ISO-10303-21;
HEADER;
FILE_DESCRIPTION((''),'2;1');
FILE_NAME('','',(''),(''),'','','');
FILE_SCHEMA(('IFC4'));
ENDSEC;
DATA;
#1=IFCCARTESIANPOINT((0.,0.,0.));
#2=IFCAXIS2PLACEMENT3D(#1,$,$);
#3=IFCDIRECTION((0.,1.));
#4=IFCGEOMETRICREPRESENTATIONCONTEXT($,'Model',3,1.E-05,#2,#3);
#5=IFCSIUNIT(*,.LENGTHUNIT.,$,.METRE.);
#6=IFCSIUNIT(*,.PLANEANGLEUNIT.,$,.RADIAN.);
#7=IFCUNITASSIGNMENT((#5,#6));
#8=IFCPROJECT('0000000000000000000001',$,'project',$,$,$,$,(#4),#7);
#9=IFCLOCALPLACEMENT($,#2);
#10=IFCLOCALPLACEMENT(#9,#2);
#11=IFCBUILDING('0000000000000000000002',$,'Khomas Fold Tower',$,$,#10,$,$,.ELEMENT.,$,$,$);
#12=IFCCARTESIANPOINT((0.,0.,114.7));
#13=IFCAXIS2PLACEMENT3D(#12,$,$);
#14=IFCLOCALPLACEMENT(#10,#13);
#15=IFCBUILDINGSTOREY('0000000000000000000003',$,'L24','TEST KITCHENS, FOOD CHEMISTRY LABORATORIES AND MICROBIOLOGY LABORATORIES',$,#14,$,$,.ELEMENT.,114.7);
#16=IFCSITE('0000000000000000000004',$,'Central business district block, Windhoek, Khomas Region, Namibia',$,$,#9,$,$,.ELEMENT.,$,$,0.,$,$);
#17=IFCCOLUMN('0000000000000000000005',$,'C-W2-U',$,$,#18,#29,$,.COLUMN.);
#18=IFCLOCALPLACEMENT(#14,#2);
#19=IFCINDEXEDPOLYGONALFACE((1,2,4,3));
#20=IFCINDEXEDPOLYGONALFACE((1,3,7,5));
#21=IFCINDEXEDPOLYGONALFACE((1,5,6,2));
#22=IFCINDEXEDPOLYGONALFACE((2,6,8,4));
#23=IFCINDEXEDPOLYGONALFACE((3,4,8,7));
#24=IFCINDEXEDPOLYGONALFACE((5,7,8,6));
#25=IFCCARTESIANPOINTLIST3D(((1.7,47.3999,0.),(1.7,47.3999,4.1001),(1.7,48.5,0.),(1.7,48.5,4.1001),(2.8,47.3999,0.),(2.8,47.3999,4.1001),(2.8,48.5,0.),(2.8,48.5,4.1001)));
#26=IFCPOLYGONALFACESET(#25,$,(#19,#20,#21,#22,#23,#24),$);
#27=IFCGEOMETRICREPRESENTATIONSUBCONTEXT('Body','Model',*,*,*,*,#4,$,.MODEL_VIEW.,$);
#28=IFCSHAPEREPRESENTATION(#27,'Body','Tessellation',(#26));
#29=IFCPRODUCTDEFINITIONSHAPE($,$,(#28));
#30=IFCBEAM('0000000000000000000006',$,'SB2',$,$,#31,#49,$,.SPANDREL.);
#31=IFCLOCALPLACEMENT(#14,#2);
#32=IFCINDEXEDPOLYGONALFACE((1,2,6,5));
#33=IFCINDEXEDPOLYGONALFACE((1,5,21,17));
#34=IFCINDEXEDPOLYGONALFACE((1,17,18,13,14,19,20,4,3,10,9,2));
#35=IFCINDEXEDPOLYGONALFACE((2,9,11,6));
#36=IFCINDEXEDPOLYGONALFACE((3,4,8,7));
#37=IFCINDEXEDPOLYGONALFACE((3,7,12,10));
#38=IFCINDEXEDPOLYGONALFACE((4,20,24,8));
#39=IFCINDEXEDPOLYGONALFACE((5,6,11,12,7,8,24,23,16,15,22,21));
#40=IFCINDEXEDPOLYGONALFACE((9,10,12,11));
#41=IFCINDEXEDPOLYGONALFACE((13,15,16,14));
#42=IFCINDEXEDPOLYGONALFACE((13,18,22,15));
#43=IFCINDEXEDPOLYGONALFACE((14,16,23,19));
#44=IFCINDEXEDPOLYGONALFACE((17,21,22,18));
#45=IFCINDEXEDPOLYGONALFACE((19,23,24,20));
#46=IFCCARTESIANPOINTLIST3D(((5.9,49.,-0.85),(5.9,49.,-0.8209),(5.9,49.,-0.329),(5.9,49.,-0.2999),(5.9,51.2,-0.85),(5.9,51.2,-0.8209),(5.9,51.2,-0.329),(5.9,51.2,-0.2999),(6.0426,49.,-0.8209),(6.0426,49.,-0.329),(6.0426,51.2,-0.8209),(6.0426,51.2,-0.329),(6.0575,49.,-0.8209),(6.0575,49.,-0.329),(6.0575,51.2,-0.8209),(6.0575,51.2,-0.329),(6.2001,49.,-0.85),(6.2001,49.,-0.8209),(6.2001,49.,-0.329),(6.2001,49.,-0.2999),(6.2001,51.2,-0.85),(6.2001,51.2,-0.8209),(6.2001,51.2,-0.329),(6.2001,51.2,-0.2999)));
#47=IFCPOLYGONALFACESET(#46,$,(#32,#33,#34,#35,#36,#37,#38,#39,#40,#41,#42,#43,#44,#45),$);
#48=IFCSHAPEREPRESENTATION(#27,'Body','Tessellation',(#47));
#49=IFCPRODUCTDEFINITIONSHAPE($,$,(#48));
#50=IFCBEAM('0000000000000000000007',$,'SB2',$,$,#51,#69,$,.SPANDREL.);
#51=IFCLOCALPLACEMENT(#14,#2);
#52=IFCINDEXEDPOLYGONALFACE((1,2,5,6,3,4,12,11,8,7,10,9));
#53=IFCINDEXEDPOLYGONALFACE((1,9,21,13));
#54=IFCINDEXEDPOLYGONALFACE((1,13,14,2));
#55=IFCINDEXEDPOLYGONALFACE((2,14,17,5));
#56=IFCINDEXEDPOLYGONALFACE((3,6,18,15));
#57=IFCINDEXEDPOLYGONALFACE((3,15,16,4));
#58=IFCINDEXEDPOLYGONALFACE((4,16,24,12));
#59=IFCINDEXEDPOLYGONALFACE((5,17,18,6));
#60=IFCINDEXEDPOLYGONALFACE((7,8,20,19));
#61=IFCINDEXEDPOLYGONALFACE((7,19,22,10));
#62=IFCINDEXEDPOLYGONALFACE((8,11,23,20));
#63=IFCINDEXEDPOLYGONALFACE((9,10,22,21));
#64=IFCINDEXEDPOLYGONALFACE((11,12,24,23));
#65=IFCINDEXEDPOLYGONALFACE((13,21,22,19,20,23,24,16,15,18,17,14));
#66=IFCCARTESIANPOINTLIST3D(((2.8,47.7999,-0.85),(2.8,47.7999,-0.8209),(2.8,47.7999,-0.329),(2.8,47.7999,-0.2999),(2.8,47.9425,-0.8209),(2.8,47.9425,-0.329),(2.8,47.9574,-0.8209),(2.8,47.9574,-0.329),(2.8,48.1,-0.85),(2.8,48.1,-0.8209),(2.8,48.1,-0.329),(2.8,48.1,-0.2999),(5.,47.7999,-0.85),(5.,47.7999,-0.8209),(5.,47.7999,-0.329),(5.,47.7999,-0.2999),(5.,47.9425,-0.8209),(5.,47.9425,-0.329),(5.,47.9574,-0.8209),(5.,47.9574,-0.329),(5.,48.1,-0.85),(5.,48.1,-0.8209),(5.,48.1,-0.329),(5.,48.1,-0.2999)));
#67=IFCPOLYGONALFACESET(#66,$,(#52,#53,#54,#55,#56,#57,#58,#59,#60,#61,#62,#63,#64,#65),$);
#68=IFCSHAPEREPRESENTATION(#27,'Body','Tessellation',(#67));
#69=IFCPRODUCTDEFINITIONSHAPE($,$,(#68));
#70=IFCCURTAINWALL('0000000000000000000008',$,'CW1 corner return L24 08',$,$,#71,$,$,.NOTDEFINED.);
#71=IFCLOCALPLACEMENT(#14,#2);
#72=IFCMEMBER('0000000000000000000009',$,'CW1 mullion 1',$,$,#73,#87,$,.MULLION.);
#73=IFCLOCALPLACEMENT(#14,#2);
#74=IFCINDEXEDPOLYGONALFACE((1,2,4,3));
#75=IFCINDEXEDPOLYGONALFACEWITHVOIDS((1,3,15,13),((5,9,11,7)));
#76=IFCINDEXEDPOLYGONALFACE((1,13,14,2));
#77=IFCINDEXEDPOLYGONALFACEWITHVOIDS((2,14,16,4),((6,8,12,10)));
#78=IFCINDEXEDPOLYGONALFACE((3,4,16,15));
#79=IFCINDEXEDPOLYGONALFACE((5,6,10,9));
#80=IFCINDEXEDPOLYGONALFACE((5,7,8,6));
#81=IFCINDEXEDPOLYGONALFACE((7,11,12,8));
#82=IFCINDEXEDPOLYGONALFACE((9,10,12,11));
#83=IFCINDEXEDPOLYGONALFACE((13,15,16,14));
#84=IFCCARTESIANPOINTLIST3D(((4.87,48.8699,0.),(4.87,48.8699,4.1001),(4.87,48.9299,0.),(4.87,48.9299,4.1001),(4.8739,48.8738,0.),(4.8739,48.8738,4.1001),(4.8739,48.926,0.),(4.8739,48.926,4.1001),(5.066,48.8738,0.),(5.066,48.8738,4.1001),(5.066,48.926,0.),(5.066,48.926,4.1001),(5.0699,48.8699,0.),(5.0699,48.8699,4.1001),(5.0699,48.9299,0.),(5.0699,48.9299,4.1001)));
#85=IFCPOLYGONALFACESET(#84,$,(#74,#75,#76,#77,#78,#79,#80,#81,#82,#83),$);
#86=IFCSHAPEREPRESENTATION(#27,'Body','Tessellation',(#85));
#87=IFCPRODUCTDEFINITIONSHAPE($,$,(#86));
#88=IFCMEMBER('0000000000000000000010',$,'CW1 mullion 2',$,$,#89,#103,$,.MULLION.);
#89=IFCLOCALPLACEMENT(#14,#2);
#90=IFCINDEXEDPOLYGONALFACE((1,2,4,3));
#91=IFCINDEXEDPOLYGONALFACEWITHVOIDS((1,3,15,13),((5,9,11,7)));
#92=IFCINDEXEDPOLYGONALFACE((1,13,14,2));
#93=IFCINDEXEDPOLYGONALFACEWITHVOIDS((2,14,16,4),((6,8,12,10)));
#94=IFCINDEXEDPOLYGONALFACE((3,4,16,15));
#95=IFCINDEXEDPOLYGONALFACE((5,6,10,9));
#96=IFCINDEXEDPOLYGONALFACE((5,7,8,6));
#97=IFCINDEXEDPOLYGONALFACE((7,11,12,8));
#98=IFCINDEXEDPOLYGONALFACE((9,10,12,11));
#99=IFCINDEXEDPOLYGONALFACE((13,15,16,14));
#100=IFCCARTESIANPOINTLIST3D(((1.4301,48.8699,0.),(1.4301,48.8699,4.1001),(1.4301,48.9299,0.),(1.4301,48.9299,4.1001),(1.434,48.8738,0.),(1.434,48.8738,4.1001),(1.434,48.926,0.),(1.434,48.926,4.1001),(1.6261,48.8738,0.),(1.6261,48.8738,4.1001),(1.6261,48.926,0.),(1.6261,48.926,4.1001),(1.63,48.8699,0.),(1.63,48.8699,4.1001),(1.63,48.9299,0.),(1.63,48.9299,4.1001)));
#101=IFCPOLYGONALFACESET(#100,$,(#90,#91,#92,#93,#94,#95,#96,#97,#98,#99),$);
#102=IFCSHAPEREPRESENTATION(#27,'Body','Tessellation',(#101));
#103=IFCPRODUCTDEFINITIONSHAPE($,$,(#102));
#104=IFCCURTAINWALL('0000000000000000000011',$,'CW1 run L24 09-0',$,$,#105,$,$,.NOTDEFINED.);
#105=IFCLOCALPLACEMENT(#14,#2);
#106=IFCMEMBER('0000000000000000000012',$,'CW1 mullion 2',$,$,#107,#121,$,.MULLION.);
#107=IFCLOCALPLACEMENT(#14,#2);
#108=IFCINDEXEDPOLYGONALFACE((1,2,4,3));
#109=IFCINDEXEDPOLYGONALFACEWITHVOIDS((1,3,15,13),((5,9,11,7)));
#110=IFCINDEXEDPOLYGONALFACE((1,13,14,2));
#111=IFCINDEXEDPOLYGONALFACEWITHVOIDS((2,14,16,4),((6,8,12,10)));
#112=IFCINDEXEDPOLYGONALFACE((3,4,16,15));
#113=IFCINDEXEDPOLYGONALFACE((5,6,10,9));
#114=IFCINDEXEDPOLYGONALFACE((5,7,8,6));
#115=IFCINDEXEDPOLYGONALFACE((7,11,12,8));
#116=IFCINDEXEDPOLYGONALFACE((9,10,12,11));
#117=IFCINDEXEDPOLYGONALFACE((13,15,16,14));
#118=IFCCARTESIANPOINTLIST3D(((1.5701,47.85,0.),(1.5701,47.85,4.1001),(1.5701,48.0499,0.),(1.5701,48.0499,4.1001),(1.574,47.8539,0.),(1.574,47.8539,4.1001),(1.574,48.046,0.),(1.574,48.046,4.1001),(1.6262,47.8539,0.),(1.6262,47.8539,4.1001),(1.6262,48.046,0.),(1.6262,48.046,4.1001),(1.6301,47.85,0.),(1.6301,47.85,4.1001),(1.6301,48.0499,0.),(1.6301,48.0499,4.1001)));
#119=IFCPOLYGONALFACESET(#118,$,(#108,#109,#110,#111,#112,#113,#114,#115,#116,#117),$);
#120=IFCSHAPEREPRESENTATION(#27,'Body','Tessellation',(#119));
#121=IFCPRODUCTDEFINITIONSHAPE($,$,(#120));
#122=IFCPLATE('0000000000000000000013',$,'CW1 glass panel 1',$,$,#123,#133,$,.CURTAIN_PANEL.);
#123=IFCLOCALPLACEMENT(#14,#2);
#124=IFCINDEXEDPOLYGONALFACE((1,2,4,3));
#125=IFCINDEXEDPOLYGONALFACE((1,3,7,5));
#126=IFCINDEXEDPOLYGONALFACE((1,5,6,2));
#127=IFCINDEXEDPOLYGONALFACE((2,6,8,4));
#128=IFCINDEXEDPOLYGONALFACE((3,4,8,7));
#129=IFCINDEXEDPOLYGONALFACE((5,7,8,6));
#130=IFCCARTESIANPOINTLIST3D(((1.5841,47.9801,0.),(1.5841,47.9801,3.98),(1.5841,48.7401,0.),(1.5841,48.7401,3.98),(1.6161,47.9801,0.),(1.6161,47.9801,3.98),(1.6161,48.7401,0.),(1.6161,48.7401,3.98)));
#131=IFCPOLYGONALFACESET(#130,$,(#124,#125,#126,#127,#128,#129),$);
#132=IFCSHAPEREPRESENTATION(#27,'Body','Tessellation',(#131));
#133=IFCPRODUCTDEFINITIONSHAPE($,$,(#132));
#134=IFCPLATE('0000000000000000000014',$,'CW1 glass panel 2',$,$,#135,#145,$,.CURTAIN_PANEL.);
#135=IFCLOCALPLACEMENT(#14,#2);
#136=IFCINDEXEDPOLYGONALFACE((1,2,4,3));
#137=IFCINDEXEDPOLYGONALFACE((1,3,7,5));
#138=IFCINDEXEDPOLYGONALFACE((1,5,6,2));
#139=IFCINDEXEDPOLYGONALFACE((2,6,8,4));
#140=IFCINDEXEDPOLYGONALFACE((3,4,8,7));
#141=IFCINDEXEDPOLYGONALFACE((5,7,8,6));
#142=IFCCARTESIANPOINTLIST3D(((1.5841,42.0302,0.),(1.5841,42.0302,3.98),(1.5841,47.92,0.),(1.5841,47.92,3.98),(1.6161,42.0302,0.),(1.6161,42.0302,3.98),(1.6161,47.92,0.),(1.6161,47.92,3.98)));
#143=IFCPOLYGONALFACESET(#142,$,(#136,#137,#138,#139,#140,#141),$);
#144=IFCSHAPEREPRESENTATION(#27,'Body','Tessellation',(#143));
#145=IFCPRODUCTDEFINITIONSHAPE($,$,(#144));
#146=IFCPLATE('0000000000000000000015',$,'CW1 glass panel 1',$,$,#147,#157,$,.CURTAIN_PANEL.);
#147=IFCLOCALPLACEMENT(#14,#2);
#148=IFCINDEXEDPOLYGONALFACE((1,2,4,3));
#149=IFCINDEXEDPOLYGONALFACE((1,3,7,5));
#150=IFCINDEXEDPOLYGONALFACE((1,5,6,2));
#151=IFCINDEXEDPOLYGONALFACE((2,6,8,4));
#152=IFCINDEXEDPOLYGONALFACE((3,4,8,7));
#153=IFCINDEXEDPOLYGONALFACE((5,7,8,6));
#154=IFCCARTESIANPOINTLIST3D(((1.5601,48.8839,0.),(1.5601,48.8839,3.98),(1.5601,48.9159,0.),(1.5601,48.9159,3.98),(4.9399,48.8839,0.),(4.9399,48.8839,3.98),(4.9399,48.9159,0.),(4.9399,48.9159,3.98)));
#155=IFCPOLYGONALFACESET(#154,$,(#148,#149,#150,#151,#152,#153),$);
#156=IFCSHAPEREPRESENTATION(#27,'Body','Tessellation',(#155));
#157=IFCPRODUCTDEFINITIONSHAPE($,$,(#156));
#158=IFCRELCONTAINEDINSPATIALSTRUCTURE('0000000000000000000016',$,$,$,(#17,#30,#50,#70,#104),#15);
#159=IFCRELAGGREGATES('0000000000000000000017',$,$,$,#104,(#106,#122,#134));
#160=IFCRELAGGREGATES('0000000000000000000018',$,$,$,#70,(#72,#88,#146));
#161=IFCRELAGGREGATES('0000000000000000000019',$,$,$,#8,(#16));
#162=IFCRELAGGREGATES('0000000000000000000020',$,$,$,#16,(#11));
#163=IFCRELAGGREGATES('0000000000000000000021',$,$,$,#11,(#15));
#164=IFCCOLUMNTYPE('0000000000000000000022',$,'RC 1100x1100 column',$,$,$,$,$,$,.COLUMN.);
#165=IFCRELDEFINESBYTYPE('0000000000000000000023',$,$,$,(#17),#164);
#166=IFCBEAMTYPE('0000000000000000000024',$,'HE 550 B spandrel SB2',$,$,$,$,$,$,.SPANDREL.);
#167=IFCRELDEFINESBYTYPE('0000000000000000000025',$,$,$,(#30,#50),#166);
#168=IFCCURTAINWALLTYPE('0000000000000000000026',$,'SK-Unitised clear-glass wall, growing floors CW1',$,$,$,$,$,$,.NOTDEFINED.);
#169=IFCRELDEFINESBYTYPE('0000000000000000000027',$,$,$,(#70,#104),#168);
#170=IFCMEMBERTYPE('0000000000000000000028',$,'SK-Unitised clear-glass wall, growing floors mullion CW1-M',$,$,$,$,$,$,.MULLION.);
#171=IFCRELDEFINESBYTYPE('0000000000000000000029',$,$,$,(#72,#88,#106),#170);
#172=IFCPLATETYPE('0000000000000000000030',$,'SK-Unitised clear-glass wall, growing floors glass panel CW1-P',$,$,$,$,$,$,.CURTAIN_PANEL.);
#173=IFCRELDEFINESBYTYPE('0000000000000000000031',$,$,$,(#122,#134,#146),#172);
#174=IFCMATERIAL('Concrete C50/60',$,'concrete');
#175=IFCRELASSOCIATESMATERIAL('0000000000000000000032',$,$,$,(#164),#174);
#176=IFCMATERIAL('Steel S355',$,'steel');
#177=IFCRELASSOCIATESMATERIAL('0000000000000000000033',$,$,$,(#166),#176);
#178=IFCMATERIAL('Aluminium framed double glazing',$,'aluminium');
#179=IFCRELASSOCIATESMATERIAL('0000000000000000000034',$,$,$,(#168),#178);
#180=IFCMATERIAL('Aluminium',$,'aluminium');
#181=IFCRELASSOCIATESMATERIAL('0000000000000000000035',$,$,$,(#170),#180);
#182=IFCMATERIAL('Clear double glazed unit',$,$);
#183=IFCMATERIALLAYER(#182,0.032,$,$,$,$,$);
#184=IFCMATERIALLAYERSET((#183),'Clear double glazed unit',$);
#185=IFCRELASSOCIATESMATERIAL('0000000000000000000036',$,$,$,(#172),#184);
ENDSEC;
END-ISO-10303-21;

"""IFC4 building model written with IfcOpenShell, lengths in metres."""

from ifc_helpers import new_model, si_unit, direction, frame, origin, origin_2d, place, context, subcontext, project, spatial, rectangle, hollow_rectangle, i_section, extrude, source, transform, mapped, material, layer, layer_set, material_profile, profile_set, type_object, element, aggregate, save


model = new_model("IFC4")

# Units and contexts
model_context = context("Model", 3, precision=1e-05, world=origin(), true_north=direction((0.0, 1.0)))
body_context = subcontext(model_context, "Body", "Model", "MODEL_VIEW")
ifc_project = project(units=[si_unit("LENGTHUNIT", "METRE"), si_unit("PLANEANGLEUNIT", "RADIAN")], contexts=[model_context])

# Site, building, storey
site_placement = place(None, origin())
site = spatial("IfcSite", under=ifc_project, at=site_placement, Name="Central business district block, Windhoek, Khomas Region, Namibia", CompositionType="ELEMENT", RefElevation=0.0)
building_placement = place(site_placement, origin())
building = spatial("IfcBuilding", under=site, at=building_placement, Name="Khomas Fold Tower", CompositionType="ELEMENT")
storey_placement = place(building_placement, frame((0.0, 0.0, 114.7)))
storey = spatial("IfcBuildingStorey", under=building, at=storey_placement, Name="L24", Description="TEST KITCHENS, FOOD CHEMISTRY LABORATORIES AND MICROBIOLOGY LABORATORIES", CompositionType="ELEMENT", Elevation=114.7)

# Column
ifc_material_1 = material(Name="Concrete C50/60", Category="concrete")
ifc_material_profile_1 = material_profile(ifc_material_1, rectangle(XDim=1.1001, YDim=1.1001, at=origin_2d()), Name="RC 1100x1100")
ifc_profile_set_1 = profile_set([ifc_material_profile_1], Name="Concrete C50/60")
column_type = type_object("IfcColumnType", Name="RC 1100x1100 column", PredefinedType="COLUMN", material=ifc_profile_set_1)
shared_shape_1 = source(origin(), body_context, "Body", "SweptSolid", [
    extrude(rectangle(XDim=1.1001, YDim=1.1001, at=origin_2d()), origin(), (0.0, 0.0, 1.0), 4.1001),
])
column_placement = place(storey_placement, frame((2.25, 47.95, 0.0), z_axis=(0.0, 0.0, 1.0), x_axis=(1.0, 0.0, 0.0)))
element("IfcColumn", 1, at=column_placement, inside=storey, type_object=column_type, Name="C-W2-U", PredefinedType="COLUMN", context=body_context, shape_type="MappedRepresentation", body=[
    mapped(shared_shape_1, transform((0.0, 0.0, 0.0))),
])

# Beams
ifc_material_2 = material(Name="Steel S355", Category="steel")
ifc_material_profile_2 = material_profile(ifc_material_2, i_section(OverallWidth=0.3, OverallDepth=0.55, WebThickness=0.0149, FlangeThickness=0.0291, at=origin_2d()), Name="HE 550 B")
ifc_profile_set_2 = profile_set([ifc_material_profile_2], Name="Steel S355")
beam_type = type_object("IfcBeamType", Name="HE 550 B spandrel SB2", PredefinedType="SPANDREL", material=ifc_profile_set_2)
shared_shape_2 = source(origin(), body_context, "Body", "SweptSolid", [
    extrude(i_section(OverallWidth=0.3, OverallDepth=0.55, WebThickness=0.0149, FlangeThickness=0.0291, at=origin_2d()), origin(), (0.0, 0.0, 1.0), 2.2),
])
for number, where, z_axis, x_axis, name in (
    (2, (6.05, 49.0, -0.575), (0.0, 1.0, 0.0), (-1.0, 0.0, 0.0), "SB2"),
    (3, (2.8, 47.95, -0.575), (1.0, 0.0, 0.0), (0.0, 1.0, 0.0), "SB2"),
):
    element("IfcBeam", number, at=place(storey_placement, frame(where, z_axis=z_axis, x_axis=x_axis)), inside=storey, type_object=beam_type, Name=name, PredefinedType="SPANDREL", context=body_context, shape_type="MappedRepresentation", body=[
        mapped(shared_shape_2, transform((0.0, 0.0, 0.0))),
    ])

# Curtain wall, members
ifc_material_3 = material(Name="Aluminium framed double glazing", Category="aluminium")
curtain_wall_type = type_object("IfcCurtainWallType", Name="SK-Unitised clear-glass wall, growing floors CW1", PredefinedType="NOTDEFINED", material=ifc_material_3)
curtain_wall_1_placement = place(storey_placement, origin())
curtain_wall_1 = element("IfcCurtainWall", 4, at=curtain_wall_1_placement, inside=storey, type_object=curtain_wall_type, Name="CW1 corner return L24 08", PredefinedType="NOTDEFINED")
ifc_material_4 = material(Name="Aluminium", Category="aluminium")
ifc_material_profile_3 = material_profile(ifc_material_4, hollow_rectangle(XDim=0.0601, YDim=0.2, WallThickness=0.0039, at=origin_2d()), Name="SK-Unitised clear-glass wall, growing floors mullion CW1-M")
ifc_profile_set_3 = profile_set([ifc_material_profile_3], Name="Aluminium")
member_type = type_object("IfcMemberType", Name="SK-Unitised clear-glass wall, growing floors mullion CW1-M", PredefinedType="MULLION", material=ifc_profile_set_3)
shared_shape_3 = source(origin(), body_context, "Body", "SweptSolid", [
    extrude(hollow_rectangle(XDim=0.0601, YDim=0.2, WallThickness=0.0039, at=origin_2d()), origin(), (0.0, 0.0, 1.0), 4.1001),
])
member_1_placement = place(storey_placement, frame((4.97, 48.8999, 0.0), z_axis=(0.0, 0.0, 1.0), x_axis=(0.0, -1.0, 0.0)))
member_1 = element("IfcMember", 5, at=member_1_placement, type_object=member_type, Name="CW1 mullion 1", PredefinedType="MULLION", context=body_context, shape_type="MappedRepresentation", body=[
    mapped(shared_shape_3, transform((0.0, 0.0, 0.0))),
])
member_2_placement = place(storey_placement, frame((1.53, 48.8999, 0.0), z_axis=(0.0, 0.0, 1.0), x_axis=(0.0, -1.0, 0.0)))
member_2 = element("IfcMember", 6, at=member_2_placement, type_object=member_type, Name="CW1 mullion 2", PredefinedType="MULLION", context=body_context, shape_type="MappedRepresentation", body=[
    mapped(shared_shape_3, transform((0.0, 0.0, 0.0))),
])

# Curtain wall, member, plates
curtain_wall_2_placement = place(storey_placement, origin())
curtain_wall_2 = element("IfcCurtainWall", 7, at=curtain_wall_2_placement, inside=storey, type_object=curtain_wall_type, Name="CW1 run L24 09-0", PredefinedType="NOTDEFINED")
member_3_placement = place(storey_placement, frame((1.6001, 47.95, 0.0), z_axis=(0.0, 0.0, 1.0), x_axis=(1.0, 0.0, 0.0)))
member_3 = element("IfcMember", 8, at=member_3_placement, type_object=member_type, Name="CW1 mullion 2", PredefinedType="MULLION", context=body_context, shape_type="MappedRepresentation", body=[
    mapped(shared_shape_3, transform((0.0, 0.0, 0.0))),
])
ifc_material_5 = material(Name="Clear double glazed unit")
ifc_layer_1 = layer(ifc_material_5, 0.032)
ifc_layer_set_1 = layer_set([ifc_layer_1], Name="Clear double glazed unit")
plate_type = type_object("IfcPlateType", Name="SK-Unitised clear-glass wall, growing floors glass panel CW1-P", PredefinedType="CURTAIN_PANEL", material=ifc_layer_set_1)
shared_shape_4 = source(origin(), body_context, "Body", "SweptSolid", [
    extrude(rectangle(XDim=0.76, YDim=0.032, at=origin_2d()), origin(), (0.0, 0.0, 1.0), 3.98),
])
plate_1_placement = place(storey_placement, frame((1.6001, 48.3601, 0.0), z_axis=(0.0, 0.0, 1.0), x_axis=(0.0, -1.0, 0.0)))
plate_1 = element("IfcPlate", 9, at=plate_1_placement, type_object=plate_type, Name="CW1 glass panel 1", PredefinedType="CURTAIN_PANEL", context=body_context, shape_type="MappedRepresentation", body=[
    mapped(shared_shape_4, transform((0.0, 0.0, 0.0))),
])
shared_shape_5 = source(origin(), body_context, "Body", "SweptSolid", [
    extrude(rectangle(XDim=5.8899, YDim=0.032, at=origin_2d()), origin(), (0.0, 0.0, 1.0), 3.98),
])
plate_2_placement = place(storey_placement, frame((1.6001, 44.9751, 0.0), z_axis=(0.0, 0.0, 1.0), x_axis=(0.0, -1.0, 0.0)))
plate_2 = element("IfcPlate", 10, at=plate_2_placement, type_object=plate_type, Name="CW1 glass panel 2", PredefinedType="CURTAIN_PANEL", context=body_context, shape_type="MappedRepresentation", body=[
    mapped(shared_shape_5, transform((0.0, 0.0, 0.0))),
])
aggregate(curtain_wall_2, [member_3, plate_1, plate_2])

# Plate
shared_shape_6 = source(origin(), body_context, "Body", "SweptSolid", [
    extrude(rectangle(XDim=3.3799, YDim=0.032, at=origin_2d()), origin(), (0.0, 0.0, 1.0), 3.98),
])
plate_3_placement = place(storey_placement, frame((3.25, 48.8999, 0.0), z_axis=(0.0, 0.0, 1.0), x_axis=(-1.0, 0.0, 0.0)))
plate_3 = element("IfcPlate", 11, at=plate_3_placement, type_object=plate_type, Name="CW1 glass panel 1", PredefinedType="CURTAIN_PANEL", context=body_context, shape_type="MappedRepresentation", body=[
    mapped(shared_shape_6, transform((0.0, 0.0, 0.0))),
])
aggregate(curtain_wall_1, [member_1, member_2, plate_3])

save(model, "model.ifc")
